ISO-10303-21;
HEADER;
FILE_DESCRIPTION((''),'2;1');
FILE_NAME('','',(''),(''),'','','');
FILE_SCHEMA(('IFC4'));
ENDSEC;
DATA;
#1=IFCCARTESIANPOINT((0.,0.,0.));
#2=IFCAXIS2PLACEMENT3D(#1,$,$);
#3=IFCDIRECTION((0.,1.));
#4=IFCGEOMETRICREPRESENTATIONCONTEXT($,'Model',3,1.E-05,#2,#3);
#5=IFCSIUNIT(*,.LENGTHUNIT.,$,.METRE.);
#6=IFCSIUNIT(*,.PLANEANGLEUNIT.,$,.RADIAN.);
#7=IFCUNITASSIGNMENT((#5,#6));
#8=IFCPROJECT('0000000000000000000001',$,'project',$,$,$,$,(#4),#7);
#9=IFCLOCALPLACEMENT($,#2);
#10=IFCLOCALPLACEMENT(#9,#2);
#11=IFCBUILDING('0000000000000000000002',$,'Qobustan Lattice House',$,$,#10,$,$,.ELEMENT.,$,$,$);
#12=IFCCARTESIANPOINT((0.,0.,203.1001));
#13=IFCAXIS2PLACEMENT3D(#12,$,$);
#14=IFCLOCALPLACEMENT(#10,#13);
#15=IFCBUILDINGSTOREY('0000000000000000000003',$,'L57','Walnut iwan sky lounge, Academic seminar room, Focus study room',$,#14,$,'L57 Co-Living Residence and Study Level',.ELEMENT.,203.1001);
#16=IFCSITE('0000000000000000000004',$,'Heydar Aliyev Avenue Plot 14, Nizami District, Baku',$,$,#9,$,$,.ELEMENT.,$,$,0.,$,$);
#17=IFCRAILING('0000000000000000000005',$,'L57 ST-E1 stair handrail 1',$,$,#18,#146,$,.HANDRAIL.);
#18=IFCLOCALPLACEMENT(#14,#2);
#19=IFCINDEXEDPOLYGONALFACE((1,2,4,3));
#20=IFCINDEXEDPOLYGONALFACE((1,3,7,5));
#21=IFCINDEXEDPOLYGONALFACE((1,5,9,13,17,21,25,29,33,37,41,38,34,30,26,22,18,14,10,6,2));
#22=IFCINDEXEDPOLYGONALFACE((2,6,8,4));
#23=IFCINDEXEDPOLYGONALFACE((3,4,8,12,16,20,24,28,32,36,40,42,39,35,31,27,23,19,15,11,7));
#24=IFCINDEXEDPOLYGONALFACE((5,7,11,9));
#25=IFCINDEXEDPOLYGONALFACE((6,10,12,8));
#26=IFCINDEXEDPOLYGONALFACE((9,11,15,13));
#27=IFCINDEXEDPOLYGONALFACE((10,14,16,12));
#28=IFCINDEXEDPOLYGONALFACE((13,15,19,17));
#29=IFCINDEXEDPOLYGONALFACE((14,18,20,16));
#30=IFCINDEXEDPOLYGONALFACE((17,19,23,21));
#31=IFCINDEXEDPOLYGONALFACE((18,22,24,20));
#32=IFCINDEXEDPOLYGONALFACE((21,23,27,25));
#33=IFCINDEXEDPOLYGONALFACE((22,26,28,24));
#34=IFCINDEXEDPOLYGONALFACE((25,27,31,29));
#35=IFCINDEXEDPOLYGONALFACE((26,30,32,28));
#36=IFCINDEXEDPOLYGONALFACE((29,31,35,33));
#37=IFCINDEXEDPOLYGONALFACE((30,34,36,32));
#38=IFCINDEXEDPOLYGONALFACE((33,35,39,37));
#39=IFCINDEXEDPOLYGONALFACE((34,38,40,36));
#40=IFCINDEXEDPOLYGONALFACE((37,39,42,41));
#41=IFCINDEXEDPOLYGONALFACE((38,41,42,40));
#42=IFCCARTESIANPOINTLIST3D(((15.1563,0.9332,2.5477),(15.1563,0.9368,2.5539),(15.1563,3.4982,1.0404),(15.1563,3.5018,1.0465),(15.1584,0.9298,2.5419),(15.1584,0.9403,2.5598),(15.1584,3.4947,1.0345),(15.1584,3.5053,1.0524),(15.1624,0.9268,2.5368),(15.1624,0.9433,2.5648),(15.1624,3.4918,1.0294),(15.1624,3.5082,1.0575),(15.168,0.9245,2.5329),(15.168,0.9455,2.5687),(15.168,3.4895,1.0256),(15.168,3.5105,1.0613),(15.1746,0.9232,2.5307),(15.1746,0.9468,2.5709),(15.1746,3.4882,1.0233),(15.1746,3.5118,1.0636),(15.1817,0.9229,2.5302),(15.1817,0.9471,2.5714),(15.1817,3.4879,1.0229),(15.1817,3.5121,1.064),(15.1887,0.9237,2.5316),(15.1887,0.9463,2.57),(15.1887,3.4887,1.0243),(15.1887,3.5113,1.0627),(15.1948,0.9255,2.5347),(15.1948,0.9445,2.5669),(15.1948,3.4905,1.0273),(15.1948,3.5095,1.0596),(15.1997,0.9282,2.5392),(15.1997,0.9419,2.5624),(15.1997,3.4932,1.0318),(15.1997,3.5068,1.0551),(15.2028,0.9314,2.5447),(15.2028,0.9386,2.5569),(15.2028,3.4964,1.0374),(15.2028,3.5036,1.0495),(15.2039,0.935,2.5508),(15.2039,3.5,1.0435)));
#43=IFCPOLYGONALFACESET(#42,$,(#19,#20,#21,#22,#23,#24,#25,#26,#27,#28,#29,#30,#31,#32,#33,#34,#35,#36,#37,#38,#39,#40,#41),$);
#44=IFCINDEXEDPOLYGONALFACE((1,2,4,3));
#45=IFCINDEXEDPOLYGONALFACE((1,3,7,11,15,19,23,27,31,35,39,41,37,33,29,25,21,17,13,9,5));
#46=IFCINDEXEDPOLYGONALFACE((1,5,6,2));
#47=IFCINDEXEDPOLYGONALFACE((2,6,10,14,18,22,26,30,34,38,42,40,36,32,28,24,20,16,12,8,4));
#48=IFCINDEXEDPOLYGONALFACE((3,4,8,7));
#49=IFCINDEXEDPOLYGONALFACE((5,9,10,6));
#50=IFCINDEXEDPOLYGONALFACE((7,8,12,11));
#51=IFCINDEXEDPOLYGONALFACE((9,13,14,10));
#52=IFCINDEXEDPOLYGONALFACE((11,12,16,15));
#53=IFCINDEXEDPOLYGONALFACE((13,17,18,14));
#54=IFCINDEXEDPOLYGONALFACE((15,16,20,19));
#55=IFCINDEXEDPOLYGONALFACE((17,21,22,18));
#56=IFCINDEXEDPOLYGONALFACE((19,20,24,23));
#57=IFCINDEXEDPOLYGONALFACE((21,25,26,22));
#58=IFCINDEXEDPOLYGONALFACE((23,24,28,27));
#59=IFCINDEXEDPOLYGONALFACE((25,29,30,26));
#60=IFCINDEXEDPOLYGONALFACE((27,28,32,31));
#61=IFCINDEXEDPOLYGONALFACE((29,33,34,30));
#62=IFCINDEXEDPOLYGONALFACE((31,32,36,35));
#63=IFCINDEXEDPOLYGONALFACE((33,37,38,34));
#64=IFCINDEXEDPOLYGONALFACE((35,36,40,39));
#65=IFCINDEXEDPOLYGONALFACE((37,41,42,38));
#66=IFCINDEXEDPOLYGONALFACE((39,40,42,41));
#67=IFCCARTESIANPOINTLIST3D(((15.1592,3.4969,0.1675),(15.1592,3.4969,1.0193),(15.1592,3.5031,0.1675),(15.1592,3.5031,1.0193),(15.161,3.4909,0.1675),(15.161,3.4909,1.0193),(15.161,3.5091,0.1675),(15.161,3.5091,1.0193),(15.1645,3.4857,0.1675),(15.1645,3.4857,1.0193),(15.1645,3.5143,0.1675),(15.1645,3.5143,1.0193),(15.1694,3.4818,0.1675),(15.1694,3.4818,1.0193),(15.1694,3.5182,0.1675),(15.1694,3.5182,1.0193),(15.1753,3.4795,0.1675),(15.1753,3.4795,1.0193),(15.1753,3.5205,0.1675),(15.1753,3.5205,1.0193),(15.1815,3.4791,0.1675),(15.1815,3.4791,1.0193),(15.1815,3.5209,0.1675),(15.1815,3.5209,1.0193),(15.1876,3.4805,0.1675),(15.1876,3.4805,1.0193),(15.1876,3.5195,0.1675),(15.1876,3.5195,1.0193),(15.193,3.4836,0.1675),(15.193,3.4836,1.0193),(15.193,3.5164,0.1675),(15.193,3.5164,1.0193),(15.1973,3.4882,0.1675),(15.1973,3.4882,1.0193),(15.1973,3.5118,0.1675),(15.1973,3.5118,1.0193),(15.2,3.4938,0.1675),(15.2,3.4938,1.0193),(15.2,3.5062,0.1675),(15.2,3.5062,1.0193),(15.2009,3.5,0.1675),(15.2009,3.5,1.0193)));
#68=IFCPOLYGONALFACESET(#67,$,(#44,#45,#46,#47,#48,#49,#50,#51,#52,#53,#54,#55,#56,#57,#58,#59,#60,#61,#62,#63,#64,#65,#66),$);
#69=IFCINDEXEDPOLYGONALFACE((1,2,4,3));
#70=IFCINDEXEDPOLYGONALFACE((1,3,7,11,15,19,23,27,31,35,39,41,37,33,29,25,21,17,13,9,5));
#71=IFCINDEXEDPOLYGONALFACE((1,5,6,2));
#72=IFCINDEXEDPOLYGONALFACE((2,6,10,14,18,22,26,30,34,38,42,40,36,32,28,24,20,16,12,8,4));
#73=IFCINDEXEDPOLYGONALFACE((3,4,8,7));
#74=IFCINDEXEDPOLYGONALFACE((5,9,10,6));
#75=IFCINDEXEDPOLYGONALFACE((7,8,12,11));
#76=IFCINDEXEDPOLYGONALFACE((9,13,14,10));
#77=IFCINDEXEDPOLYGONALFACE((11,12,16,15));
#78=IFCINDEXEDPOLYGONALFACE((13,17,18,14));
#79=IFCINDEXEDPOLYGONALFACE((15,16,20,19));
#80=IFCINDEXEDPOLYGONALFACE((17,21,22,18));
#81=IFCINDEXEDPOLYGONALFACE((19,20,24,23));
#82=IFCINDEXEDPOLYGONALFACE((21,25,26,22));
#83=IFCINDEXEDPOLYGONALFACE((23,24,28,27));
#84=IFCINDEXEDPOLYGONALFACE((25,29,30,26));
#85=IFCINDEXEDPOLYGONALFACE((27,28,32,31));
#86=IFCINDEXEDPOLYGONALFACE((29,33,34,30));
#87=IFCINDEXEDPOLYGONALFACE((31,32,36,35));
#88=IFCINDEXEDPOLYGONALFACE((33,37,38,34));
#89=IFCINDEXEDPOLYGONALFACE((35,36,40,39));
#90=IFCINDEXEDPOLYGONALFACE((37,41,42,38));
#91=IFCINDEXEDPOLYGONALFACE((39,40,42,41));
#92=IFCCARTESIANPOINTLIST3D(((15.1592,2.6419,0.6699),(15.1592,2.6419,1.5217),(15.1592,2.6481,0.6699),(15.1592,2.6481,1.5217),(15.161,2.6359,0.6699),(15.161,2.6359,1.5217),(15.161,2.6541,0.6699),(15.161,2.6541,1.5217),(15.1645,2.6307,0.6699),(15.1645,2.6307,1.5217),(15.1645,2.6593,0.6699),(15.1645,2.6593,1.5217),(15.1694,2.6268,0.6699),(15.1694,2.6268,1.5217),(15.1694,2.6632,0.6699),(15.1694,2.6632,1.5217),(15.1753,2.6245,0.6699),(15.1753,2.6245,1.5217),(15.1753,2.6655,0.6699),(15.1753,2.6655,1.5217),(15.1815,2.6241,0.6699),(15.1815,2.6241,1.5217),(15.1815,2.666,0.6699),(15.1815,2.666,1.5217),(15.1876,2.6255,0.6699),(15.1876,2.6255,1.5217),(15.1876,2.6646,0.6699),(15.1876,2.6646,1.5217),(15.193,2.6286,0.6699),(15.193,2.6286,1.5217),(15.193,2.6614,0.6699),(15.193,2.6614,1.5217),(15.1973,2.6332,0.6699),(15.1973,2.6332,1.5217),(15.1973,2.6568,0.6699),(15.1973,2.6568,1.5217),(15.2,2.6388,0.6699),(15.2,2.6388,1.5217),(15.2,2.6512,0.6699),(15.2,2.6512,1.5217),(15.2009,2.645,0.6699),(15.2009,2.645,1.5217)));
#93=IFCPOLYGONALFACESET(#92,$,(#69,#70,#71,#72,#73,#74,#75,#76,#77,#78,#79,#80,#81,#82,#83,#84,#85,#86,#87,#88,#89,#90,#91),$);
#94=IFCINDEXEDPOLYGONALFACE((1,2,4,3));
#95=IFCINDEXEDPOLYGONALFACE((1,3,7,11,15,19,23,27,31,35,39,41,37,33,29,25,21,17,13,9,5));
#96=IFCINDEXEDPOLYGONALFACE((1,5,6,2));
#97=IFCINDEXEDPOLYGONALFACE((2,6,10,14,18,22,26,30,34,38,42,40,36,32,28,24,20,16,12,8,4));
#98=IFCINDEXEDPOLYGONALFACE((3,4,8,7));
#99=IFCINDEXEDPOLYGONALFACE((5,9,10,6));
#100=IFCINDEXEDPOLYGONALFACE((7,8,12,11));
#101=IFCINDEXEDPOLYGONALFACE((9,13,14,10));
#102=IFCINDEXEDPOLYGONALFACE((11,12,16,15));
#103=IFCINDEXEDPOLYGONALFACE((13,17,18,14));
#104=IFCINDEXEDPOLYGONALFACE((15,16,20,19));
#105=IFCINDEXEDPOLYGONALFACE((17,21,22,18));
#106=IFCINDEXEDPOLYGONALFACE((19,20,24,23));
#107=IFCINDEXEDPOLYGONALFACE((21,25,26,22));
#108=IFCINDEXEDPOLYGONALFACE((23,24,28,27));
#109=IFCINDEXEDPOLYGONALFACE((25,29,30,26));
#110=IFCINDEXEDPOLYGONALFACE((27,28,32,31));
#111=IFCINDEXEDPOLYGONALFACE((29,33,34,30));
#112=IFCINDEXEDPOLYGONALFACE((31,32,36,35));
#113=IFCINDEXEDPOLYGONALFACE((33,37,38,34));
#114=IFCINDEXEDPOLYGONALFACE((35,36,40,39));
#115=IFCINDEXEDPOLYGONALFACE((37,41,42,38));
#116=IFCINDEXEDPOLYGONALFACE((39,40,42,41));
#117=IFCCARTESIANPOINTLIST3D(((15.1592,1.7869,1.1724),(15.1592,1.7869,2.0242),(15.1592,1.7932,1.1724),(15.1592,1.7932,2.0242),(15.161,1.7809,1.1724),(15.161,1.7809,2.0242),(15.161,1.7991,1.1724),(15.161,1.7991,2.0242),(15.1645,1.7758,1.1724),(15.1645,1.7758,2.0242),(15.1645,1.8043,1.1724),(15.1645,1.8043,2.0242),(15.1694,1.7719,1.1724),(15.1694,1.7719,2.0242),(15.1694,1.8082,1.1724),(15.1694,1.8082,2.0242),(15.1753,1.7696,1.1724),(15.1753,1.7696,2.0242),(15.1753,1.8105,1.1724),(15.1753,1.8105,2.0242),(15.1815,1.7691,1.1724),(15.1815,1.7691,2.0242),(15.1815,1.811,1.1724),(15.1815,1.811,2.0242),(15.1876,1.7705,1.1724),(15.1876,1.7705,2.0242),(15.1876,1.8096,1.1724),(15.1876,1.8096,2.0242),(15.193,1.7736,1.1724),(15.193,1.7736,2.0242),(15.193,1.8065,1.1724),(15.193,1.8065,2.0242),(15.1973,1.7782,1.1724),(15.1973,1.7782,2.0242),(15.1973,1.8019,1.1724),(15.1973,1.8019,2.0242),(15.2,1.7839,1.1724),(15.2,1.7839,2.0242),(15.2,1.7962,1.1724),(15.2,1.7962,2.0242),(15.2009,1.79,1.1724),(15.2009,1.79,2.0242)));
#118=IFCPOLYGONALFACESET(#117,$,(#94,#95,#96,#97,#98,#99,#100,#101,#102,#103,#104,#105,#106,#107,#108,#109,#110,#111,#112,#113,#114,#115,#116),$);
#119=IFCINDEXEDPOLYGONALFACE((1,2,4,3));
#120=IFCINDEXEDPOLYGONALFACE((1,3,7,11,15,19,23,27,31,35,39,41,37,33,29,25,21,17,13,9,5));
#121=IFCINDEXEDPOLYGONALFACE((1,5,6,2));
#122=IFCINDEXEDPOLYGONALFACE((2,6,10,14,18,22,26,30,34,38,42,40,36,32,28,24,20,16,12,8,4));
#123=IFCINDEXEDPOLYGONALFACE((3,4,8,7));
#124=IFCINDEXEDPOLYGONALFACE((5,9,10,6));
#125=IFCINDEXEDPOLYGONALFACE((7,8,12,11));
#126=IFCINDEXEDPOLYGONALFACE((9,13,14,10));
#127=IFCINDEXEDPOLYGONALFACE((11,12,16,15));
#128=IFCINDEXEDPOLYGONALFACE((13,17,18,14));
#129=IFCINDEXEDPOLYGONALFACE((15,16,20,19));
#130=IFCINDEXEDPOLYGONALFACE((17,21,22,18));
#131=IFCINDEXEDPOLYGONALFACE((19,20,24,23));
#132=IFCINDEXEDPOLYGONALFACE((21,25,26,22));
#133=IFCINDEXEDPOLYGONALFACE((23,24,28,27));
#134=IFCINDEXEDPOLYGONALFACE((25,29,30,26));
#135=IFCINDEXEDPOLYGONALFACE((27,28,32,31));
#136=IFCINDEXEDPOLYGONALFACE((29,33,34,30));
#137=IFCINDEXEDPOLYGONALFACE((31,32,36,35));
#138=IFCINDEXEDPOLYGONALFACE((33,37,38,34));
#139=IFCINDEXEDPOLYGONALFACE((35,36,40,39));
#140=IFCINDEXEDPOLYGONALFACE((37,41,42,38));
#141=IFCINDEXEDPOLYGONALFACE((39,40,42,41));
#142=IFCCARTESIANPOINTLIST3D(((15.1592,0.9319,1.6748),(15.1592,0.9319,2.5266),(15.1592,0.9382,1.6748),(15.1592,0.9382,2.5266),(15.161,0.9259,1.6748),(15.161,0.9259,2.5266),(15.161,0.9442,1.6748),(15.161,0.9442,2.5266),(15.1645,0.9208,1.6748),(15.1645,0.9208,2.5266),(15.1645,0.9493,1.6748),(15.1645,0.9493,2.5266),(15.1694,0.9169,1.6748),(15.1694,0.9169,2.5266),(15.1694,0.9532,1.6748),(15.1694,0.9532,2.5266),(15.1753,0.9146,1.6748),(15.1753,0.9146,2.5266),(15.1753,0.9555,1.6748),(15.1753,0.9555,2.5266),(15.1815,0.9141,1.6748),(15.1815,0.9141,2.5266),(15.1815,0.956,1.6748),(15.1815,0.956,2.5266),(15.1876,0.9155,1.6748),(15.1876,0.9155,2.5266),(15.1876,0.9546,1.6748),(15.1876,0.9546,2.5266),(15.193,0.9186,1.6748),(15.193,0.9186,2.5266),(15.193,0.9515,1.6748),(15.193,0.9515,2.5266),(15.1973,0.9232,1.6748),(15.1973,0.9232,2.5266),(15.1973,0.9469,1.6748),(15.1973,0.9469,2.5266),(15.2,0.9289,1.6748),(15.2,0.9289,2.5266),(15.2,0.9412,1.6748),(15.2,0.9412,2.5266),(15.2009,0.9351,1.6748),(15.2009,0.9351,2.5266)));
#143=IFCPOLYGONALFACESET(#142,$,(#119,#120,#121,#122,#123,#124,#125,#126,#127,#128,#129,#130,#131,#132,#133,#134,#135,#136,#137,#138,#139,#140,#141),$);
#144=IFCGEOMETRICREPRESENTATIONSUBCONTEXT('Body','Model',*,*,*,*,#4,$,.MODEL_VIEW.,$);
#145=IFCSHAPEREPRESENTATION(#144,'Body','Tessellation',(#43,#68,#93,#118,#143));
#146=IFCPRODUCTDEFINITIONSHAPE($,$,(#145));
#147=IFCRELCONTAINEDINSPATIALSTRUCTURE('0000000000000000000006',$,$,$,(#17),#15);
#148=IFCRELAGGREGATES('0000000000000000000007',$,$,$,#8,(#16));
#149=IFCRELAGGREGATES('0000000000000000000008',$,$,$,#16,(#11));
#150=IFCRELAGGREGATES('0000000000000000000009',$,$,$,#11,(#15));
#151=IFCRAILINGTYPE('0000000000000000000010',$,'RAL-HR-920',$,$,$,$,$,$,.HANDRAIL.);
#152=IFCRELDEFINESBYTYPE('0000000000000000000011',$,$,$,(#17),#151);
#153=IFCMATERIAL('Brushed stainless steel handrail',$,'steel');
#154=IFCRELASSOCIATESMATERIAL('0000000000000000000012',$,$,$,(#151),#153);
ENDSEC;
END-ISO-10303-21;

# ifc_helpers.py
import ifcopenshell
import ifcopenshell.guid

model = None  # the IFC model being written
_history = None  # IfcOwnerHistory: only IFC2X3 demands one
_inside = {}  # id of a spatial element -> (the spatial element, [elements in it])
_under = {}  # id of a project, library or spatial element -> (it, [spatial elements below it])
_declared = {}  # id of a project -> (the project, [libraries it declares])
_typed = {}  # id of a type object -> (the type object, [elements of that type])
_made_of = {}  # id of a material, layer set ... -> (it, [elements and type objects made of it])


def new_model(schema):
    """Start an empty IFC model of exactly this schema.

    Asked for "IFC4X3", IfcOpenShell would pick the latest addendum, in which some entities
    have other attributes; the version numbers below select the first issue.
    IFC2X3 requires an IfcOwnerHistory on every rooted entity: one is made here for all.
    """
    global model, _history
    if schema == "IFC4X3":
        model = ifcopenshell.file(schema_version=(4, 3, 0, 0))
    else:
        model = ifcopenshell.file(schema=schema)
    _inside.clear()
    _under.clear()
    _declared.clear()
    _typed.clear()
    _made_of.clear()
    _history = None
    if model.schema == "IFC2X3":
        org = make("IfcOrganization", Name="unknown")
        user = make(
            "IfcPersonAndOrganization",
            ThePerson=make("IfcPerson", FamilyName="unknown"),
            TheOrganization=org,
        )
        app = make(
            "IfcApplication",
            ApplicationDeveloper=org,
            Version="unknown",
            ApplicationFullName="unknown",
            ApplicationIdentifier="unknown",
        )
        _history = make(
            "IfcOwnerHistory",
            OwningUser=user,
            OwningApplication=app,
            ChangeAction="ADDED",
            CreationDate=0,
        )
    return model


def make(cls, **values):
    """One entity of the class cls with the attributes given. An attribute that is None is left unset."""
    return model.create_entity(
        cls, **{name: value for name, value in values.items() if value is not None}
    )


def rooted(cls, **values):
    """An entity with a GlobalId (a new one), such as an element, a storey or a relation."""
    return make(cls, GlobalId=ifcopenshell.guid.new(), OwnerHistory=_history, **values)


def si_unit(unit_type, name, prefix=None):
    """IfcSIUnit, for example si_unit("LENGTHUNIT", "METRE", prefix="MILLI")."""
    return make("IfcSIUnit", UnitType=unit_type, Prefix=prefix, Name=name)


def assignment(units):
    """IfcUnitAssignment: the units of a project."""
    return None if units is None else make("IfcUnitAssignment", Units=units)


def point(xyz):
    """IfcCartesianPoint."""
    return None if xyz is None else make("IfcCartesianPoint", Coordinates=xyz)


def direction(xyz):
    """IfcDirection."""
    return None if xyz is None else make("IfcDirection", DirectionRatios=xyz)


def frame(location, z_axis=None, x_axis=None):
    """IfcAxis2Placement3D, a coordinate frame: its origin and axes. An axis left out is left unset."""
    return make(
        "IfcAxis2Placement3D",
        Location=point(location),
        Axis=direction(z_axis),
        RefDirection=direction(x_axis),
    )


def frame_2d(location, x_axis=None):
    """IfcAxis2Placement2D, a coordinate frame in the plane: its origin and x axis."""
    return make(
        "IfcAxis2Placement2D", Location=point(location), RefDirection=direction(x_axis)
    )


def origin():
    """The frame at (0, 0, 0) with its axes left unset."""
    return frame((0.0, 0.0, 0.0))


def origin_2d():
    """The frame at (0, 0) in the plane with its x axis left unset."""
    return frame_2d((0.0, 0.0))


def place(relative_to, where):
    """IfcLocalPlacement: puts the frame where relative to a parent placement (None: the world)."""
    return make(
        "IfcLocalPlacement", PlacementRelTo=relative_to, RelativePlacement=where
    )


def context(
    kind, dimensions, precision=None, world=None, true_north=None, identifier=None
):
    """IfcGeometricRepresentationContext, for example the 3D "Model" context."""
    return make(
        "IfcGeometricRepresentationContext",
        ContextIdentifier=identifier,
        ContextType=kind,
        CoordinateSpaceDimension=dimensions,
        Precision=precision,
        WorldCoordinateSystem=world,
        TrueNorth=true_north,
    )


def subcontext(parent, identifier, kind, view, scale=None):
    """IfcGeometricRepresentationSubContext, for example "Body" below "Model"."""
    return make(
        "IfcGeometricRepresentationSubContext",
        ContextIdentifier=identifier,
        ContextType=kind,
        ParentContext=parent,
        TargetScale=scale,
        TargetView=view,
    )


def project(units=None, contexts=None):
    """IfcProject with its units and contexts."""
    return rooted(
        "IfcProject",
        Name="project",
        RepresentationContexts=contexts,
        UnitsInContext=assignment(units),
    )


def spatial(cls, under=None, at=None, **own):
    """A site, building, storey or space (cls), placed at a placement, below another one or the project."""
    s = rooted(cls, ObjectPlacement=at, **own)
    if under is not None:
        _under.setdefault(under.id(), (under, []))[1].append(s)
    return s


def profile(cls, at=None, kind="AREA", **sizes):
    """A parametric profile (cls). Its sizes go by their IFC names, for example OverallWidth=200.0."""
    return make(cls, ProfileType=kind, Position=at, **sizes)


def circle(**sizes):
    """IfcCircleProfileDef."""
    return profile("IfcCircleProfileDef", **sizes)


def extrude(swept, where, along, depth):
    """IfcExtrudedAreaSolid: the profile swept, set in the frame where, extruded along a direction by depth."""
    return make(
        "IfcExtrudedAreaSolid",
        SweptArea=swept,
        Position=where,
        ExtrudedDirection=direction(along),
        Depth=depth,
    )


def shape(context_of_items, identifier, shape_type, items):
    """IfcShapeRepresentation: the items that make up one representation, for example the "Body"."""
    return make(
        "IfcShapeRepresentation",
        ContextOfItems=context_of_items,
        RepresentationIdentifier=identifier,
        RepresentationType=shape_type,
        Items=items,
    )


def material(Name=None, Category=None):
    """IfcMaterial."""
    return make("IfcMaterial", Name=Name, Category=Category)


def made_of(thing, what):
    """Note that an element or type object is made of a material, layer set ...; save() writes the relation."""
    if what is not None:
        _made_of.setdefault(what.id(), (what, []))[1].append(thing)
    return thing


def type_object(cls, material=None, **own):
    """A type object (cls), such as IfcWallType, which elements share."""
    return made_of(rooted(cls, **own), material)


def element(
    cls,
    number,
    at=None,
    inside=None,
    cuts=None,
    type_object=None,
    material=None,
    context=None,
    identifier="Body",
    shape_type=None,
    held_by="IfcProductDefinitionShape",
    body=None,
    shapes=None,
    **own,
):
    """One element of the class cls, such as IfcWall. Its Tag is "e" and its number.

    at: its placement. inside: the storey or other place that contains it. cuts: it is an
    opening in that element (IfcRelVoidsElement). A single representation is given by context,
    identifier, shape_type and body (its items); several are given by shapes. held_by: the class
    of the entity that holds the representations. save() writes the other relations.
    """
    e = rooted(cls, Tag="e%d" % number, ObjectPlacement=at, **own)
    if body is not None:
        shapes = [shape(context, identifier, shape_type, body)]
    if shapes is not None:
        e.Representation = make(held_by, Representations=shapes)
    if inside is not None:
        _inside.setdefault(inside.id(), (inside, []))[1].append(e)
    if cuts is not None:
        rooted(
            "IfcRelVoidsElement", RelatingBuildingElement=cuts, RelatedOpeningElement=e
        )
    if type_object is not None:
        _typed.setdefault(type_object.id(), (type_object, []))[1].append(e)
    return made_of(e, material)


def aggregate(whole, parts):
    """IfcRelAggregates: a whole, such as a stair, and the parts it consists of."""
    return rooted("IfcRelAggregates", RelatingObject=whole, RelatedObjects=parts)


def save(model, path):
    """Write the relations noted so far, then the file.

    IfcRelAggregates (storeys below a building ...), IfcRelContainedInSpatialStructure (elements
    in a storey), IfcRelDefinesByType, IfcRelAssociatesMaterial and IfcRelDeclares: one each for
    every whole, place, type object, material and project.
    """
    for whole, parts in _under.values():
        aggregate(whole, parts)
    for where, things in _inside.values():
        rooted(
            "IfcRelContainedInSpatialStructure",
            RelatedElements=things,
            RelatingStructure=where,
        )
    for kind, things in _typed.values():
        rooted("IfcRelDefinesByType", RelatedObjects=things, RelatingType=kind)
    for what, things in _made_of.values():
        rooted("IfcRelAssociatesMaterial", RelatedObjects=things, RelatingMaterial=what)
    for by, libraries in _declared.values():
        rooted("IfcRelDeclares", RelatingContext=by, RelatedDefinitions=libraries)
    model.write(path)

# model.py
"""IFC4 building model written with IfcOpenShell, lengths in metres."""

from ifc_helpers import new_model, si_unit, direction, frame, origin, origin_2d, place, context, subcontext, project, spatial, circle, extrude, material, type_object, element, save


model = new_model("IFC4")

# Units and contexts
model_context = context("Model", 3, precision=1e-05, world=origin(), true_north=direction((0.0, 1.0)))
body_context = subcontext(model_context, "Body", "Model", "MODEL_VIEW")
ifc_project = project(units=[si_unit("LENGTHUNIT", "METRE"), si_unit("PLANEANGLEUNIT", "RADIAN")], contexts=[model_context])

# Site, building, storey
site_placement = place(None, origin())
site = spatial("IfcSite", under=ifc_project, at=site_placement, Name="Heydar Aliyev Avenue Plot 14, Nizami District, Baku", CompositionType="ELEMENT", RefElevation=0.0)
building_placement = place(site_placement, origin())
building = spatial("IfcBuilding", under=site, at=building_placement, Name="Qobustan Lattice House", CompositionType="ELEMENT")
storey_placement = place(building_placement, frame((0.0, 0.0, 203.1001)))
storey = spatial("IfcBuildingStorey", under=building, at=storey_placement, Name="L57", Description="Walnut iwan sky lounge, Academic seminar room, Focus study room", LongName="L57 Co-Living Residence and Study Level", CompositionType="ELEMENT", Elevation=203.1001)

# Railing
ifc_material_1 = material(Name="Brushed stainless steel handrail", Category="steel")
railing_type = type_object("IfcRailingType", Name="RAL-HR-920", PredefinedType="HANDRAIL", material=ifc_material_1)
railing_placement = place(storey_placement, frame((15.1799, 3.5, 0.1675)))
element("IfcRailing", 1, at=railing_placement, inside=storey, type_object=railing_type, Name="L57 ST-E1 stair handrail 1", PredefinedType="HANDRAIL", context=body_context, shape_type="SweptSolid", body=[
    extrude(circle(Radius=0.0239, at=origin_2d()), frame((0.0, 0.0, 0.876), z_axis=(0.0, -0.862149, 0.506654), x_axis=(1.0, 0.0, 0.0)), (0.0, 0.0, 1.0), 2.9751),
    extrude(circle(Radius=0.021, at=origin_2d()), origin(), (0.0, 0.0, 1.0), 0.8518),
    extrude(circle(Radius=0.021, at=origin_2d()), frame((0.0, -0.855, 0.5024)), (0.0, 0.0, 1.0), 0.8518),
    extrude(circle(Radius=0.021, at=origin_2d()), frame((0.0, -1.71, 1.0049)), (0.0, 0.0, 1.0), 0.8518),
    extrude(circle(Radius=0.021, at=origin_2d()), frame((0.0, -2.5649, 1.5073)), (0.0, 0.0, 1.0), 0.8518),
])

save(model, "model.ifc")
